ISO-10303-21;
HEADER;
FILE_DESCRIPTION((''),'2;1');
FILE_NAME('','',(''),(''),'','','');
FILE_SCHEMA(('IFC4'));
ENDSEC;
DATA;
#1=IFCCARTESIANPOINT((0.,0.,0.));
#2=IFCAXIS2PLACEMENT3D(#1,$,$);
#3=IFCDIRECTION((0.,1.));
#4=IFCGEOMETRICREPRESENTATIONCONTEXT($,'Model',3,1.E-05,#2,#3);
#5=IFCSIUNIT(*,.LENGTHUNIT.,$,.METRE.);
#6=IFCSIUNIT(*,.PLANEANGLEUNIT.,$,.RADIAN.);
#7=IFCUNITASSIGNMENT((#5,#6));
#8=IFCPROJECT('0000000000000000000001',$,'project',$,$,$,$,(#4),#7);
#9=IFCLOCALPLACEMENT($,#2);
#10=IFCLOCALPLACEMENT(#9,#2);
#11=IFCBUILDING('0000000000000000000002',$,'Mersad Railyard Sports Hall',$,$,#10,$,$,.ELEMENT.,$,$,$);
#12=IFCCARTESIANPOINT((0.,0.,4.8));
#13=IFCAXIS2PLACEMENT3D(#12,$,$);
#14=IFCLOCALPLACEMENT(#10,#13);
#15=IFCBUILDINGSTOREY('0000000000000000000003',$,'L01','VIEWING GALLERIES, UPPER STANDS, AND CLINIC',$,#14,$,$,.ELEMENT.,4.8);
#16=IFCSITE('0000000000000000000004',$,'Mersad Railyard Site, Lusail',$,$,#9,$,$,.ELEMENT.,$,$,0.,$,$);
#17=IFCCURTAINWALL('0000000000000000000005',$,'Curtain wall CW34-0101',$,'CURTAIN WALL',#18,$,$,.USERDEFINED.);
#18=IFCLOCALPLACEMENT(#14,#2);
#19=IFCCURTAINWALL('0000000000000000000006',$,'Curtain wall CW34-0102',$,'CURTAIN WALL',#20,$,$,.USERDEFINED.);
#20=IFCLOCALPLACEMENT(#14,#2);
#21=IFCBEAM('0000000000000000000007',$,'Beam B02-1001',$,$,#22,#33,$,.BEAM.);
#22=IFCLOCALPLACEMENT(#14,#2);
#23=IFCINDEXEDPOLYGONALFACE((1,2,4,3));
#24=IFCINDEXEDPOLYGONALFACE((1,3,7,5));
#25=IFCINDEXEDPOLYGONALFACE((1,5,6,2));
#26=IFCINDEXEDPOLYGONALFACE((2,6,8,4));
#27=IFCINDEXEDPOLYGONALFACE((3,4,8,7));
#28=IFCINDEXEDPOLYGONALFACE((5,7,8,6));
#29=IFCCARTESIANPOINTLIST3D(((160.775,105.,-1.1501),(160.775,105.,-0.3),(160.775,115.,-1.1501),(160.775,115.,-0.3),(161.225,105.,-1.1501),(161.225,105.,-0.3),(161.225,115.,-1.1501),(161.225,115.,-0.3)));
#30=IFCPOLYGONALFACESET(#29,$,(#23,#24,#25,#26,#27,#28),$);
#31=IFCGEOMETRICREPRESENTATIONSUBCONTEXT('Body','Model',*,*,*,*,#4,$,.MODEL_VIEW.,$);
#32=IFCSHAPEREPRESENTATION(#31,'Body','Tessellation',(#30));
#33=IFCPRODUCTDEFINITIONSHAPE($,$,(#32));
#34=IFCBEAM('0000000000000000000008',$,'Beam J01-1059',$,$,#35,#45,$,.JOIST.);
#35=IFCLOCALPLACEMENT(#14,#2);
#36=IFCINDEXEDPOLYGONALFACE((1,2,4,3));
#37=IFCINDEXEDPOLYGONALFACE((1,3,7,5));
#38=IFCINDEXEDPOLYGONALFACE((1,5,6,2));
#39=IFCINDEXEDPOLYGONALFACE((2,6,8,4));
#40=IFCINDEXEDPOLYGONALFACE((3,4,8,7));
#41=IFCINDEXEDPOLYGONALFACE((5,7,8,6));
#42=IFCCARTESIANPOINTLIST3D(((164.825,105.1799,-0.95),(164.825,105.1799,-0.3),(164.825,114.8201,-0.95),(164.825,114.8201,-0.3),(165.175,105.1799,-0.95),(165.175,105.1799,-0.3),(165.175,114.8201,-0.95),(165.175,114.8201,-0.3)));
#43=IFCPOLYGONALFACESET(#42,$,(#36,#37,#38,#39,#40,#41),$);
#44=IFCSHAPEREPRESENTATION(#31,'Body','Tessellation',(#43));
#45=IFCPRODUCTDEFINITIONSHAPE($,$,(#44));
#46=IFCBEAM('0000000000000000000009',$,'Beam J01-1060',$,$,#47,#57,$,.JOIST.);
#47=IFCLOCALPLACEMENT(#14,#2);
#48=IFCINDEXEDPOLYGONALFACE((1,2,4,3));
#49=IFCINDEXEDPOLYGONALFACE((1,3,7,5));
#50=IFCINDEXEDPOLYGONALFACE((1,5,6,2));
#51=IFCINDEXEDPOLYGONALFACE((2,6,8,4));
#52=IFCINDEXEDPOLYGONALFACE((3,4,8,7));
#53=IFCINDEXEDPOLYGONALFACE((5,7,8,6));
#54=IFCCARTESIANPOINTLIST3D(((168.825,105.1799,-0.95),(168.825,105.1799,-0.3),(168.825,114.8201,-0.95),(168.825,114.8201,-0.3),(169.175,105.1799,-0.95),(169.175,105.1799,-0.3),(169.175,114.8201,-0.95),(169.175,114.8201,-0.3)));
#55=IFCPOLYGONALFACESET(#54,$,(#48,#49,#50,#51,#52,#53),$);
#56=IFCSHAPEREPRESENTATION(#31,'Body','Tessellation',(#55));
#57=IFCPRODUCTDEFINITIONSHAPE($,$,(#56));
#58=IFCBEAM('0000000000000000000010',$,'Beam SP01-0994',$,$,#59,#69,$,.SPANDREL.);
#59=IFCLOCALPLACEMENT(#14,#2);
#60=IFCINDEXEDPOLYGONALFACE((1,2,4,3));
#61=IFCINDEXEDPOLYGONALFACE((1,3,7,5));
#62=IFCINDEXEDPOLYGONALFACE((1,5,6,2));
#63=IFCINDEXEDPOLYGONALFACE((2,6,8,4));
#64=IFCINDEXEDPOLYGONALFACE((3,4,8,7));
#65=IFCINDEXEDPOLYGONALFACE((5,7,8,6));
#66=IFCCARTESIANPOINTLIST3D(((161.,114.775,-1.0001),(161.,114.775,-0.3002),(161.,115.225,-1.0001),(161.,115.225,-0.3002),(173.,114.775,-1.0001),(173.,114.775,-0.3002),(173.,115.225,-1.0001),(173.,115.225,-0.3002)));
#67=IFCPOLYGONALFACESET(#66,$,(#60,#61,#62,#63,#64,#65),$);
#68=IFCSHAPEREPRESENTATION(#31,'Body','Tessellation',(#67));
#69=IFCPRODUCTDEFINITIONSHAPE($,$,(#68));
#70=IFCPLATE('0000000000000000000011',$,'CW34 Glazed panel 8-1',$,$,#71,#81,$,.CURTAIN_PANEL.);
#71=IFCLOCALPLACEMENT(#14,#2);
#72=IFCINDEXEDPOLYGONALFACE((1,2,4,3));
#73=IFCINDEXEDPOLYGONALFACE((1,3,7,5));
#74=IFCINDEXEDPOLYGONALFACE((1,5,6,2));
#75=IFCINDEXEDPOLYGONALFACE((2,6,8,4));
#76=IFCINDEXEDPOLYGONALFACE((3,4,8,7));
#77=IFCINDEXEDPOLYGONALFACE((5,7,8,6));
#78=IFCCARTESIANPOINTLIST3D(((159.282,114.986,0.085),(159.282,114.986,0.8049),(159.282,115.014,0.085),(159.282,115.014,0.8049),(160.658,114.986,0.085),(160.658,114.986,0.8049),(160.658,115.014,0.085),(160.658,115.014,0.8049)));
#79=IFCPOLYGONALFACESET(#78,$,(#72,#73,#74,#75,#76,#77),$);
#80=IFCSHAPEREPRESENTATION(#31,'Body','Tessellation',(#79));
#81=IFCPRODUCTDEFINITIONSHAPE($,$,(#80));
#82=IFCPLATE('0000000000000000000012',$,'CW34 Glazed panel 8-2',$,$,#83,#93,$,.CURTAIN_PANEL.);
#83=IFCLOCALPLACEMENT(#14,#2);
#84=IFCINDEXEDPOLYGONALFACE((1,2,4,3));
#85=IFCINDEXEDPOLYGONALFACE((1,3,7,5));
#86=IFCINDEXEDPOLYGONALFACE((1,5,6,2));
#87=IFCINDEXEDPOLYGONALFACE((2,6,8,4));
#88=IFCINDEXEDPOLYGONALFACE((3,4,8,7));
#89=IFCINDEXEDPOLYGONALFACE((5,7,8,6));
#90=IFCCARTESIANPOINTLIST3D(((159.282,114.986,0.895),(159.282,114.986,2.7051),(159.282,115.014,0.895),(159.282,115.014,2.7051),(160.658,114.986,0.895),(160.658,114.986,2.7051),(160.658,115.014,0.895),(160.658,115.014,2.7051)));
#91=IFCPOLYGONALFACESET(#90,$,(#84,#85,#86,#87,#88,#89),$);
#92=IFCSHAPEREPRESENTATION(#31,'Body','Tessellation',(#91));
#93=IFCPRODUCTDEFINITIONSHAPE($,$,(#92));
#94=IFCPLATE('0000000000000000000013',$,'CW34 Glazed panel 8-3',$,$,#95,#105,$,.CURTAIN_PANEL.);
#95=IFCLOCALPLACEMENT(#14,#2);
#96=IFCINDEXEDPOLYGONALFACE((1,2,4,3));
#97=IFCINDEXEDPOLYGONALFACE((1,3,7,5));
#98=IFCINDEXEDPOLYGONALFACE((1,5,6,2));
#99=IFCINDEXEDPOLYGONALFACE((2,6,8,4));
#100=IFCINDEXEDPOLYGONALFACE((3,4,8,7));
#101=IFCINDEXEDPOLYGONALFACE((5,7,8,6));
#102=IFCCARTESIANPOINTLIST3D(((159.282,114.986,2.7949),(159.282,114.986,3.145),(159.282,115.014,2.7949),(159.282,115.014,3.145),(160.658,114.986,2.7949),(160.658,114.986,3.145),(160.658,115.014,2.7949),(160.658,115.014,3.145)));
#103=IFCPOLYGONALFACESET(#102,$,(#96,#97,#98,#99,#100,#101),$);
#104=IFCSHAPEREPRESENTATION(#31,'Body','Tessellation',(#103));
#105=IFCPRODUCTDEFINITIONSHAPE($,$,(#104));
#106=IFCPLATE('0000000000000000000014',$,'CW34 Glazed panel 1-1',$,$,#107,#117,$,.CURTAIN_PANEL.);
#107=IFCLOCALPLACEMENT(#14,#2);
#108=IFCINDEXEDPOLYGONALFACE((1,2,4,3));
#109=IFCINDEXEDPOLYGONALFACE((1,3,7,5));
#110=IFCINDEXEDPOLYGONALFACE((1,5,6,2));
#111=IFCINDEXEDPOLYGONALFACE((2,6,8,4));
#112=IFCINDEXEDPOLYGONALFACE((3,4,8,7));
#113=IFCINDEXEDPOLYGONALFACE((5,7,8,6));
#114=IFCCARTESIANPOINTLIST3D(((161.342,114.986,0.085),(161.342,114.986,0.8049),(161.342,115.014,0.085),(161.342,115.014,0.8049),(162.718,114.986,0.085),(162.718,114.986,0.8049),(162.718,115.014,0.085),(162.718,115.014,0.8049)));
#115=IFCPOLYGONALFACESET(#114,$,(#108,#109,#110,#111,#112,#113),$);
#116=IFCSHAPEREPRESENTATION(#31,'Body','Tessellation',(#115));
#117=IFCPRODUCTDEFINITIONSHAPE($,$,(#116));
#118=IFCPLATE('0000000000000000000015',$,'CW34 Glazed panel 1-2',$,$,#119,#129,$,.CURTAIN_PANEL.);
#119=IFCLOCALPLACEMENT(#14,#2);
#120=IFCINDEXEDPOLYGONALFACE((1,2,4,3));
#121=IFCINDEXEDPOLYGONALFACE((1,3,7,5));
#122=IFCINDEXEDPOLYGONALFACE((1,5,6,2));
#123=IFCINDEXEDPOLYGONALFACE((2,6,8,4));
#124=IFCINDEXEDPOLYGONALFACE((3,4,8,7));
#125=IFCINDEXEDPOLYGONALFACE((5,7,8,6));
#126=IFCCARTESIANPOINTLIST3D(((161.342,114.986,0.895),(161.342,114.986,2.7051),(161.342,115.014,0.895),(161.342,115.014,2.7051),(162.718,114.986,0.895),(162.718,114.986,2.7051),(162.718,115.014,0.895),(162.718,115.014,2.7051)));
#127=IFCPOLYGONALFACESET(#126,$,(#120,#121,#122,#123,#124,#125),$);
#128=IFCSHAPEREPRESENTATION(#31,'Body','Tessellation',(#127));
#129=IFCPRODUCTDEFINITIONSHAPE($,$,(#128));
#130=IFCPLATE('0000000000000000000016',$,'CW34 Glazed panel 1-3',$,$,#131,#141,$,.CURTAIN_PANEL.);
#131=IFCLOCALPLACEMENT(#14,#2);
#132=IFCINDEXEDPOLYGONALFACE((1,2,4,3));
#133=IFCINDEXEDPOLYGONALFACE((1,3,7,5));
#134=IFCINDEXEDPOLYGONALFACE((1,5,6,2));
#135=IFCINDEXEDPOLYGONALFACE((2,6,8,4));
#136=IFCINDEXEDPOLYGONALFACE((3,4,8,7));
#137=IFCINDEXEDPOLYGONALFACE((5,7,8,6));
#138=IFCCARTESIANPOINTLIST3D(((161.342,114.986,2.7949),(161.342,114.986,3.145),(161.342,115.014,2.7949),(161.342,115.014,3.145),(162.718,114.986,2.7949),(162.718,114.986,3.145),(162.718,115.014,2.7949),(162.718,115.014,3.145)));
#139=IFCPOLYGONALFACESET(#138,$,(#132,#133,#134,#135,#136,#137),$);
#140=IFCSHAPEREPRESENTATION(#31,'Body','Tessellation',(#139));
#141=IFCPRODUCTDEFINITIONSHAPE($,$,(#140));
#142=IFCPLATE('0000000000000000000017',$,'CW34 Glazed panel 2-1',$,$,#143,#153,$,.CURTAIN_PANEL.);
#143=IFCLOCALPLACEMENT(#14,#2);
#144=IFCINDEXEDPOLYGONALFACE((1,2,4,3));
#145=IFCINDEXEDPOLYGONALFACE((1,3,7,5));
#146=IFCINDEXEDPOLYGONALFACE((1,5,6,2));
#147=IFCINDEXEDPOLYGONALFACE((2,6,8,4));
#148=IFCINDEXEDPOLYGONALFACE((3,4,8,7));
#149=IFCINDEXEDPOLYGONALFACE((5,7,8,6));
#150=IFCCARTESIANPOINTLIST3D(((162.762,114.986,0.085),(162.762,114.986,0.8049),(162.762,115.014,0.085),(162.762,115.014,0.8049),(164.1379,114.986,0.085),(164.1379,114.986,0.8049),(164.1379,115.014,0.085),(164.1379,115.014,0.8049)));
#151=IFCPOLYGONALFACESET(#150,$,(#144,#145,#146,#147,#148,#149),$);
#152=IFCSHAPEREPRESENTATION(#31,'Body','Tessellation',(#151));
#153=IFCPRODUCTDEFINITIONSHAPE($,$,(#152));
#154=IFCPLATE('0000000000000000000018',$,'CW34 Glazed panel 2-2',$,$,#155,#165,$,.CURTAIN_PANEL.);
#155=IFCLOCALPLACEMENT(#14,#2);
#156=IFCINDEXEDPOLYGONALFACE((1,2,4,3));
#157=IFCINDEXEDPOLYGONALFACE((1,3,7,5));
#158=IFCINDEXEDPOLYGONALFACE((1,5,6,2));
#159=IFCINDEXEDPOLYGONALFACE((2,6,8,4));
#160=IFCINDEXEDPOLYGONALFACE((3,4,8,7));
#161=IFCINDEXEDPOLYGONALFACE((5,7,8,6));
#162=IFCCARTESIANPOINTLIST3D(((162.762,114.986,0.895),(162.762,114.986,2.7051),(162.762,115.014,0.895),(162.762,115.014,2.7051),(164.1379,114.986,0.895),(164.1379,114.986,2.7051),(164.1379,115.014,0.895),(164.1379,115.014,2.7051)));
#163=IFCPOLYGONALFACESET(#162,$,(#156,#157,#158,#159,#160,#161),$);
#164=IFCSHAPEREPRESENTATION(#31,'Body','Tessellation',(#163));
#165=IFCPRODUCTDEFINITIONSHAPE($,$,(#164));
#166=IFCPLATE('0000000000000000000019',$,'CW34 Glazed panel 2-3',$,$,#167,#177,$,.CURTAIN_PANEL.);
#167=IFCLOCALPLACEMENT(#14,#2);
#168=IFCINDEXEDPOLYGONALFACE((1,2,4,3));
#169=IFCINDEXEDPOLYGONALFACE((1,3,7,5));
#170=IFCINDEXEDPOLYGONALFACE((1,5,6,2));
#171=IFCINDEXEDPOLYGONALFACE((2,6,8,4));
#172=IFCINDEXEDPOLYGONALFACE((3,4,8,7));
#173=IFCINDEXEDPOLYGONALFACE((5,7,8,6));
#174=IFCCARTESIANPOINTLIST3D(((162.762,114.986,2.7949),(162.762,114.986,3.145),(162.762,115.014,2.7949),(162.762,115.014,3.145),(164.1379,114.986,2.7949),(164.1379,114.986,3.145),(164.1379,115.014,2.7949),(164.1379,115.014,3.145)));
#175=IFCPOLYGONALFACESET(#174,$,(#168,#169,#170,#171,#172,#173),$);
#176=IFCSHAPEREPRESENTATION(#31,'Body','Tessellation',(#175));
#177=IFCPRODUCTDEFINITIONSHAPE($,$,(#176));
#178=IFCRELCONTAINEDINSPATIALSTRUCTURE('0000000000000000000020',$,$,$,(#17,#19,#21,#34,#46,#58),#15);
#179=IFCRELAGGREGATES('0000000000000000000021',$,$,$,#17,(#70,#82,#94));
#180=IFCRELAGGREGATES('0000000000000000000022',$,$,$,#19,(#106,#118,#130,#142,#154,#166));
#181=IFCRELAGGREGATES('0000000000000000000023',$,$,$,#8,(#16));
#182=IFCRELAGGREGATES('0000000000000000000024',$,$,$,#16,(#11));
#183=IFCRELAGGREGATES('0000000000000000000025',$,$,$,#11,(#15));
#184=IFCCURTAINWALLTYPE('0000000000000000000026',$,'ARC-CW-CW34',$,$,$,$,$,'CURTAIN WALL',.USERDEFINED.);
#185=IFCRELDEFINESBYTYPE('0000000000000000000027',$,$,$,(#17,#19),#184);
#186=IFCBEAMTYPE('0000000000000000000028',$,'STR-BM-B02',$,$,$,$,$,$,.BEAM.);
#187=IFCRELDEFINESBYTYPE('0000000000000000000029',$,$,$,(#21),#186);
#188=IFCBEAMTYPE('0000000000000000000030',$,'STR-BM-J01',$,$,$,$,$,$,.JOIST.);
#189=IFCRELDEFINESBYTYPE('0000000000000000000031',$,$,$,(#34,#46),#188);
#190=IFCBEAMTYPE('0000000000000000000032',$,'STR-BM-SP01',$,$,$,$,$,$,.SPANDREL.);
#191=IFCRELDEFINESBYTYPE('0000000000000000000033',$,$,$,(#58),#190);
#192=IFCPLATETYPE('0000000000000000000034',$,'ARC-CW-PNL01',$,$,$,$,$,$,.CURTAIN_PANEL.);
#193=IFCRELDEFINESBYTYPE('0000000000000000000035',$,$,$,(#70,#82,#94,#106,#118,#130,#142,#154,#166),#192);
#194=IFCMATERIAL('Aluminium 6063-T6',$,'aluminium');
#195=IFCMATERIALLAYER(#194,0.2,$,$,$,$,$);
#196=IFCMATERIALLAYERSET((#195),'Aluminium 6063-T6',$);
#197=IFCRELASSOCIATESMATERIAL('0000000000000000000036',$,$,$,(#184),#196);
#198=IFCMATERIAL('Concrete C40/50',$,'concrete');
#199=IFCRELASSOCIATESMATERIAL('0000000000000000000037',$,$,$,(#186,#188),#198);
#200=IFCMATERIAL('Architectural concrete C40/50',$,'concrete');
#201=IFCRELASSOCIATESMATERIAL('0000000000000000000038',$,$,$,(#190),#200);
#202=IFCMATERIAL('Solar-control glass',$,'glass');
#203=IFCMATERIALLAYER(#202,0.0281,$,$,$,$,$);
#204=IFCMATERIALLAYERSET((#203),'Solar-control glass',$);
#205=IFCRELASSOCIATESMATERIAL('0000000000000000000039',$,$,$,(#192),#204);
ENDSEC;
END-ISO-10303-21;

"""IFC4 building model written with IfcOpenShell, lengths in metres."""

from ifc_helpers import new_model, si_unit, direction, frame, origin, origin_2d, place, context, subcontext, project, spatial, rectangle, extrude, material, layer, layer_set, material_profile, profile_set, type_object, element, aggregate, save


model = new_model("IFC4")

# Units and contexts
model_context = context("Model", 3, precision=1e-05, world=origin(), true_north=direction((0.0, 1.0)))
body_context = subcontext(model_context, "Body", "Model", "MODEL_VIEW")
ifc_project = project(units=[si_unit("LENGTHUNIT", "METRE"), si_unit("PLANEANGLEUNIT", "RADIAN")], contexts=[model_context])

# Site, building, storey
site_placement = place(None, origin())
site = spatial("IfcSite", under=ifc_project, at=site_placement, Name="Mersad Railyard Site, Lusail", CompositionType="ELEMENT", RefElevation=0.0)
building_placement = place(site_placement, origin())
building = spatial("IfcBuilding", under=site, at=building_placement, Name="Mersad Railyard Sports Hall", CompositionType="ELEMENT")
storey_placement = place(building_placement, frame((0.0, 0.0, 4.8)))
storey = spatial("IfcBuildingStorey", under=building, at=storey_placement, Name="L01", Description="VIEWING GALLERIES, UPPER STANDS, AND CLINIC", CompositionType="ELEMENT", Elevation=4.8)

# Curtain wall
ifc_material_1 = material(Name="Aluminium 6063-T6", Category="aluminium")
ifc_layer_1 = layer(ifc_material_1, 0.2)
ifc_layer_set_1 = layer_set([ifc_layer_1], Name="Aluminium 6063-T6")
curtain_wall_type = type_object("IfcCurtainWallType", Name="ARC-CW-CW34", ElementType="CURTAIN WALL", PredefinedType="USERDEFINED", material=ifc_layer_set_1)
curtain_wall_1_placement = place(storey_placement, origin())
curtain_wall_1 = element("IfcCurtainWall", 1, at=curtain_wall_1_placement, inside=storey, type_object=curtain_wall_type, Name="Curtain wall CW34-0101", ObjectType="CURTAIN WALL", PredefinedType="USERDEFINED")

# Curtain wall
curtain_wall_2_placement = place(storey_placement, origin())
curtain_wall_2 = element("IfcCurtainWall", 2, at=curtain_wall_2_placement, inside=storey, type_object=curtain_wall_type, Name="Curtain wall CW34-0102", ObjectType="CURTAIN WALL", PredefinedType="USERDEFINED")

# Beams
ifc_material_2 = material(Name="Concrete C40/50", Category="concrete")
ifc_material_profile_1 = material_profile(ifc_material_2, rectangle(XDim=0.45, YDim=0.8501, at=origin_2d()), Name="RC 450x850")
ifc_profile_set_1 = profile_set([ifc_material_profile_1], Name="Concrete C40/50")
beam_type_1 = type_object("IfcBeamType", Name="STR-BM-B02", PredefinedType="BEAM", material=ifc_profile_set_1)
beam_1_placement = place(storey_placement, frame((161.0, 105.0, -0.7251), z_axis=(0.0, 1.0, 0.0), x_axis=(-1.0, 0.0, 0.0)))
element("IfcBeam", 3, at=beam_1_placement, inside=storey, type_object=beam_type_1, Name="Beam B02-1001", PredefinedType="BEAM", context=body_context, shape_type="SweptSolid", body=[
    extrude(rectangle(XDim=0.45, YDim=0.8501, at=origin_2d()), origin(), (0.0, 0.0, 1.0), 10.0),
])
ifc_material_profile_2 = material_profile(ifc_material_2, rectangle(XDim=0.3501, YDim=0.6499, at=origin_2d()), Name="RC 350x650")
ifc_profile_set_2 = profile_set([ifc_material_profile_2], Name="Concrete C40/50")
beam_type_2 = type_object("IfcBeamType", Name="STR-BM-J01", PredefinedType="JOIST", material=ifc_profile_set_2)
for number, where, z_axis, x_axis, name in (
    (4, (165.0, 105.1799, -0.625), (0.0, 1.0, 0.0), (-1.0, 0.0, 0.0), "Beam J01-1059"),
    (5, (169.0, 105.1799, -0.625), (0.0, 1.0, 0.0), (-1.0, 0.0, 0.0), "Beam J01-1060"),
):
    element("IfcBeam", number, at=place(storey_placement, frame(where, z_axis=z_axis, x_axis=x_axis)), inside=storey, type_object=beam_type_2, Name=name, PredefinedType="JOIST", context=body_context, shape_type="SweptSolid", body=[
        extrude(rectangle(XDim=0.3501, YDim=0.6499, at=origin_2d()), origin(), (0.0, 0.0, 1.0), 9.6401),
    ])
ifc_material_3 = material(Name="Architectural concrete C40/50", Category="concrete")
ifc_material_profile_3 = material_profile(ifc_material_3, rectangle(XDim=0.45, YDim=0.7, at=origin_2d()), Name="RC 450x700")
ifc_profile_set_3 = profile_set([ifc_material_profile_3], Name="Architectural concrete C40/50")
beam_type_3 = type_object("IfcBeamType", Name="STR-BM-SP01", PredefinedType="SPANDREL", material=ifc_profile_set_3)
beam_2_placement = place(storey_placement, frame((161.0, 115.0, -0.6501), z_axis=(1.0, 0.0, 0.0), x_axis=(0.0, 1.0, 0.0)))
element("IfcBeam", 6, at=beam_2_placement, inside=storey, type_object=beam_type_3, Name="Beam SP01-0994", PredefinedType="SPANDREL", context=body_context, shape_type="SweptSolid", body=[
    extrude(rectangle(XDim=0.45, YDim=0.7, at=origin_2d()), origin(), (0.0, 0.0, 1.0), 12.0),
])

# Plates
ifc_material_4 = material(Name="Solar-control glass", Category="glass")
ifc_layer_2 = layer(ifc_material_4, 0.0281)
ifc_layer_set_2 = layer_set([ifc_layer_2], Name="Solar-control glass")
plate_type = type_object("IfcPlateType", Name="ARC-CW-PNL01", PredefinedType="CURTAIN_PANEL", material=ifc_layer_set_2)
plate_1_placement = place(storey_placement, frame((159.97, 115.0, 0.085), z_axis=(0.0, 0.0, 1.0), x_axis=(1.0, 0.0, 0.0)))
plate_1 = element("IfcPlate", 7, at=plate_1_placement, type_object=plate_type, Name="CW34 Glazed panel 8-1", PredefinedType="CURTAIN_PANEL", context=body_context, shape_type="SweptSolid", body=[
    extrude(rectangle(XDim=1.376, YDim=0.0281, at=origin_2d()), origin(), (0.0, 0.0, 1.0), 0.72),
])
plate_2_placement = place(storey_placement, frame((159.97, 115.0, 0.895), z_axis=(0.0, 0.0, 1.0), x_axis=(1.0, 0.0, 0.0)))
plate_2 = element("IfcPlate", 8, at=plate_2_placement, type_object=plate_type, Name="CW34 Glazed panel 8-2", PredefinedType="CURTAIN_PANEL", context=body_context, shape_type="SweptSolid", body=[
    extrude(rectangle(XDim=1.376, YDim=0.0281, at=origin_2d()), origin(), (0.0, 0.0, 1.0), 1.8101),
])
plate_3_placement = place(storey_placement, frame((159.97, 115.0, 2.7949), z_axis=(0.0, 0.0, 1.0), x_axis=(1.0, 0.0, 0.0)))
plate_3 = element("IfcPlate", 9, at=plate_3_placement, type_object=plate_type, Name="CW34 Glazed panel 8-3", PredefinedType="CURTAIN_PANEL", context=body_context, shape_type="SweptSolid", body=[
    extrude(rectangle(XDim=1.376, YDim=0.0281, at=origin_2d()), origin(), (0.0, 0.0, 1.0), 0.3501),
])
aggregate(curtain_wall_1, [plate_1, plate_2, plate_3])
plate_4_placement = place(storey_placement, frame((162.03, 115.0, 0.085), z_axis=(0.0, 0.0, 1.0), x_axis=(1.0, 0.0, 0.0)))
plate_4 = element("IfcPlate", 10, at=plate_4_placement, type_object=plate_type, Name="CW34 Glazed panel 1-1", PredefinedType="CURTAIN_PANEL", context=body_context, shape_type="SweptSolid", body=[
    extrude(rectangle(XDim=1.376, YDim=0.0281, at=origin_2d()), origin(), (0.0, 0.0, 1.0), 0.72),
])
plate_5_placement = place(storey_placement, frame((162.03, 115.0, 0.895), z_axis=(0.0, 0.0, 1.0), x_axis=(1.0, 0.0, 0.0)))
plate_5 = element("IfcPlate", 11, at=plate_5_placement, type_object=plate_type, Name="CW34 Glazed panel 1-2", PredefinedType="CURTAIN_PANEL", context=body_context, shape_type="SweptSolid", body=[
    extrude(rectangle(XDim=1.376, YDim=0.0281, at=origin_2d()), origin(), (0.0, 0.0, 1.0), 1.8101),
])
plate_6_placement = place(storey_placement, frame((162.03, 115.0, 2.7949), z_axis=(0.0, 0.0, 1.0), x_axis=(1.0, 0.0, 0.0)))
plate_6 = element("IfcPlate", 12, at=plate_6_placement, type_object=plate_type, Name="CW34 Glazed panel 1-3", PredefinedType="CURTAIN_PANEL", context=body_context, shape_type="SweptSolid", body=[
    extrude(rectangle(XDim=1.376, YDim=0.0281, at=origin_2d()), origin(), (0.0, 0.0, 1.0), 0.3501),
])
plate_7_placement = place(storey_placement, frame((163.45, 115.0, 0.085), z_axis=(0.0, 0.0, 1.0), x_axis=(1.0, 0.0, 0.0)))
plate_7 = element("IfcPlate", 13, at=plate_7_placement, type_object=plate_type, Name="CW34 Glazed panel 2-1", PredefinedType="CURTAIN_PANEL", context=body_context, shape_type="SweptSolid", body=[
    extrude(rectangle(XDim=1.376, YDim=0.0281, at=origin_2d()), origin(), (0.0, 0.0, 1.0), 0.72),
])
plate_8_placement = place(storey_placement, frame((163.45, 115.0, 0.895), z_axis=(0.0, 0.0, 1.0), x_axis=(1.0, 0.0, 0.0)))
plate_8 = element("IfcPlate", 14, at=plate_8_placement, type_object=plate_type, Name="CW34 Glazed panel 2-2", PredefinedType="CURTAIN_PANEL", context=body_context, shape_type="SweptSolid", body=[
    extrude(rectangle(XDim=1.376, YDim=0.0281, at=origin_2d()), origin(), (0.0, 0.0, 1.0), 1.8101),
])
plate_9_placement = place(storey_placement, frame((163.45, 115.0, 2.7949), z_axis=(0.0, 0.0, 1.0), x_axis=(1.0, 0.0, 0.0)))
plate_9 = element("IfcPlate", 15, at=plate_9_placement, type_object=plate_type, Name="CW34 Glazed panel 2-3", PredefinedType="CURTAIN_PANEL", context=body_context, shape_type="SweptSolid", body=[
    extrude(rectangle(XDim=1.376, YDim=0.0281, at=origin_2d()), origin(), (0.0, 0.0, 1.0), 0.3501),
])
aggregate(curtain_wall_2, [plate_4, plate_5, plate_6, plate_7, plate_8, plate_9])

save(model, "model.ifc")
